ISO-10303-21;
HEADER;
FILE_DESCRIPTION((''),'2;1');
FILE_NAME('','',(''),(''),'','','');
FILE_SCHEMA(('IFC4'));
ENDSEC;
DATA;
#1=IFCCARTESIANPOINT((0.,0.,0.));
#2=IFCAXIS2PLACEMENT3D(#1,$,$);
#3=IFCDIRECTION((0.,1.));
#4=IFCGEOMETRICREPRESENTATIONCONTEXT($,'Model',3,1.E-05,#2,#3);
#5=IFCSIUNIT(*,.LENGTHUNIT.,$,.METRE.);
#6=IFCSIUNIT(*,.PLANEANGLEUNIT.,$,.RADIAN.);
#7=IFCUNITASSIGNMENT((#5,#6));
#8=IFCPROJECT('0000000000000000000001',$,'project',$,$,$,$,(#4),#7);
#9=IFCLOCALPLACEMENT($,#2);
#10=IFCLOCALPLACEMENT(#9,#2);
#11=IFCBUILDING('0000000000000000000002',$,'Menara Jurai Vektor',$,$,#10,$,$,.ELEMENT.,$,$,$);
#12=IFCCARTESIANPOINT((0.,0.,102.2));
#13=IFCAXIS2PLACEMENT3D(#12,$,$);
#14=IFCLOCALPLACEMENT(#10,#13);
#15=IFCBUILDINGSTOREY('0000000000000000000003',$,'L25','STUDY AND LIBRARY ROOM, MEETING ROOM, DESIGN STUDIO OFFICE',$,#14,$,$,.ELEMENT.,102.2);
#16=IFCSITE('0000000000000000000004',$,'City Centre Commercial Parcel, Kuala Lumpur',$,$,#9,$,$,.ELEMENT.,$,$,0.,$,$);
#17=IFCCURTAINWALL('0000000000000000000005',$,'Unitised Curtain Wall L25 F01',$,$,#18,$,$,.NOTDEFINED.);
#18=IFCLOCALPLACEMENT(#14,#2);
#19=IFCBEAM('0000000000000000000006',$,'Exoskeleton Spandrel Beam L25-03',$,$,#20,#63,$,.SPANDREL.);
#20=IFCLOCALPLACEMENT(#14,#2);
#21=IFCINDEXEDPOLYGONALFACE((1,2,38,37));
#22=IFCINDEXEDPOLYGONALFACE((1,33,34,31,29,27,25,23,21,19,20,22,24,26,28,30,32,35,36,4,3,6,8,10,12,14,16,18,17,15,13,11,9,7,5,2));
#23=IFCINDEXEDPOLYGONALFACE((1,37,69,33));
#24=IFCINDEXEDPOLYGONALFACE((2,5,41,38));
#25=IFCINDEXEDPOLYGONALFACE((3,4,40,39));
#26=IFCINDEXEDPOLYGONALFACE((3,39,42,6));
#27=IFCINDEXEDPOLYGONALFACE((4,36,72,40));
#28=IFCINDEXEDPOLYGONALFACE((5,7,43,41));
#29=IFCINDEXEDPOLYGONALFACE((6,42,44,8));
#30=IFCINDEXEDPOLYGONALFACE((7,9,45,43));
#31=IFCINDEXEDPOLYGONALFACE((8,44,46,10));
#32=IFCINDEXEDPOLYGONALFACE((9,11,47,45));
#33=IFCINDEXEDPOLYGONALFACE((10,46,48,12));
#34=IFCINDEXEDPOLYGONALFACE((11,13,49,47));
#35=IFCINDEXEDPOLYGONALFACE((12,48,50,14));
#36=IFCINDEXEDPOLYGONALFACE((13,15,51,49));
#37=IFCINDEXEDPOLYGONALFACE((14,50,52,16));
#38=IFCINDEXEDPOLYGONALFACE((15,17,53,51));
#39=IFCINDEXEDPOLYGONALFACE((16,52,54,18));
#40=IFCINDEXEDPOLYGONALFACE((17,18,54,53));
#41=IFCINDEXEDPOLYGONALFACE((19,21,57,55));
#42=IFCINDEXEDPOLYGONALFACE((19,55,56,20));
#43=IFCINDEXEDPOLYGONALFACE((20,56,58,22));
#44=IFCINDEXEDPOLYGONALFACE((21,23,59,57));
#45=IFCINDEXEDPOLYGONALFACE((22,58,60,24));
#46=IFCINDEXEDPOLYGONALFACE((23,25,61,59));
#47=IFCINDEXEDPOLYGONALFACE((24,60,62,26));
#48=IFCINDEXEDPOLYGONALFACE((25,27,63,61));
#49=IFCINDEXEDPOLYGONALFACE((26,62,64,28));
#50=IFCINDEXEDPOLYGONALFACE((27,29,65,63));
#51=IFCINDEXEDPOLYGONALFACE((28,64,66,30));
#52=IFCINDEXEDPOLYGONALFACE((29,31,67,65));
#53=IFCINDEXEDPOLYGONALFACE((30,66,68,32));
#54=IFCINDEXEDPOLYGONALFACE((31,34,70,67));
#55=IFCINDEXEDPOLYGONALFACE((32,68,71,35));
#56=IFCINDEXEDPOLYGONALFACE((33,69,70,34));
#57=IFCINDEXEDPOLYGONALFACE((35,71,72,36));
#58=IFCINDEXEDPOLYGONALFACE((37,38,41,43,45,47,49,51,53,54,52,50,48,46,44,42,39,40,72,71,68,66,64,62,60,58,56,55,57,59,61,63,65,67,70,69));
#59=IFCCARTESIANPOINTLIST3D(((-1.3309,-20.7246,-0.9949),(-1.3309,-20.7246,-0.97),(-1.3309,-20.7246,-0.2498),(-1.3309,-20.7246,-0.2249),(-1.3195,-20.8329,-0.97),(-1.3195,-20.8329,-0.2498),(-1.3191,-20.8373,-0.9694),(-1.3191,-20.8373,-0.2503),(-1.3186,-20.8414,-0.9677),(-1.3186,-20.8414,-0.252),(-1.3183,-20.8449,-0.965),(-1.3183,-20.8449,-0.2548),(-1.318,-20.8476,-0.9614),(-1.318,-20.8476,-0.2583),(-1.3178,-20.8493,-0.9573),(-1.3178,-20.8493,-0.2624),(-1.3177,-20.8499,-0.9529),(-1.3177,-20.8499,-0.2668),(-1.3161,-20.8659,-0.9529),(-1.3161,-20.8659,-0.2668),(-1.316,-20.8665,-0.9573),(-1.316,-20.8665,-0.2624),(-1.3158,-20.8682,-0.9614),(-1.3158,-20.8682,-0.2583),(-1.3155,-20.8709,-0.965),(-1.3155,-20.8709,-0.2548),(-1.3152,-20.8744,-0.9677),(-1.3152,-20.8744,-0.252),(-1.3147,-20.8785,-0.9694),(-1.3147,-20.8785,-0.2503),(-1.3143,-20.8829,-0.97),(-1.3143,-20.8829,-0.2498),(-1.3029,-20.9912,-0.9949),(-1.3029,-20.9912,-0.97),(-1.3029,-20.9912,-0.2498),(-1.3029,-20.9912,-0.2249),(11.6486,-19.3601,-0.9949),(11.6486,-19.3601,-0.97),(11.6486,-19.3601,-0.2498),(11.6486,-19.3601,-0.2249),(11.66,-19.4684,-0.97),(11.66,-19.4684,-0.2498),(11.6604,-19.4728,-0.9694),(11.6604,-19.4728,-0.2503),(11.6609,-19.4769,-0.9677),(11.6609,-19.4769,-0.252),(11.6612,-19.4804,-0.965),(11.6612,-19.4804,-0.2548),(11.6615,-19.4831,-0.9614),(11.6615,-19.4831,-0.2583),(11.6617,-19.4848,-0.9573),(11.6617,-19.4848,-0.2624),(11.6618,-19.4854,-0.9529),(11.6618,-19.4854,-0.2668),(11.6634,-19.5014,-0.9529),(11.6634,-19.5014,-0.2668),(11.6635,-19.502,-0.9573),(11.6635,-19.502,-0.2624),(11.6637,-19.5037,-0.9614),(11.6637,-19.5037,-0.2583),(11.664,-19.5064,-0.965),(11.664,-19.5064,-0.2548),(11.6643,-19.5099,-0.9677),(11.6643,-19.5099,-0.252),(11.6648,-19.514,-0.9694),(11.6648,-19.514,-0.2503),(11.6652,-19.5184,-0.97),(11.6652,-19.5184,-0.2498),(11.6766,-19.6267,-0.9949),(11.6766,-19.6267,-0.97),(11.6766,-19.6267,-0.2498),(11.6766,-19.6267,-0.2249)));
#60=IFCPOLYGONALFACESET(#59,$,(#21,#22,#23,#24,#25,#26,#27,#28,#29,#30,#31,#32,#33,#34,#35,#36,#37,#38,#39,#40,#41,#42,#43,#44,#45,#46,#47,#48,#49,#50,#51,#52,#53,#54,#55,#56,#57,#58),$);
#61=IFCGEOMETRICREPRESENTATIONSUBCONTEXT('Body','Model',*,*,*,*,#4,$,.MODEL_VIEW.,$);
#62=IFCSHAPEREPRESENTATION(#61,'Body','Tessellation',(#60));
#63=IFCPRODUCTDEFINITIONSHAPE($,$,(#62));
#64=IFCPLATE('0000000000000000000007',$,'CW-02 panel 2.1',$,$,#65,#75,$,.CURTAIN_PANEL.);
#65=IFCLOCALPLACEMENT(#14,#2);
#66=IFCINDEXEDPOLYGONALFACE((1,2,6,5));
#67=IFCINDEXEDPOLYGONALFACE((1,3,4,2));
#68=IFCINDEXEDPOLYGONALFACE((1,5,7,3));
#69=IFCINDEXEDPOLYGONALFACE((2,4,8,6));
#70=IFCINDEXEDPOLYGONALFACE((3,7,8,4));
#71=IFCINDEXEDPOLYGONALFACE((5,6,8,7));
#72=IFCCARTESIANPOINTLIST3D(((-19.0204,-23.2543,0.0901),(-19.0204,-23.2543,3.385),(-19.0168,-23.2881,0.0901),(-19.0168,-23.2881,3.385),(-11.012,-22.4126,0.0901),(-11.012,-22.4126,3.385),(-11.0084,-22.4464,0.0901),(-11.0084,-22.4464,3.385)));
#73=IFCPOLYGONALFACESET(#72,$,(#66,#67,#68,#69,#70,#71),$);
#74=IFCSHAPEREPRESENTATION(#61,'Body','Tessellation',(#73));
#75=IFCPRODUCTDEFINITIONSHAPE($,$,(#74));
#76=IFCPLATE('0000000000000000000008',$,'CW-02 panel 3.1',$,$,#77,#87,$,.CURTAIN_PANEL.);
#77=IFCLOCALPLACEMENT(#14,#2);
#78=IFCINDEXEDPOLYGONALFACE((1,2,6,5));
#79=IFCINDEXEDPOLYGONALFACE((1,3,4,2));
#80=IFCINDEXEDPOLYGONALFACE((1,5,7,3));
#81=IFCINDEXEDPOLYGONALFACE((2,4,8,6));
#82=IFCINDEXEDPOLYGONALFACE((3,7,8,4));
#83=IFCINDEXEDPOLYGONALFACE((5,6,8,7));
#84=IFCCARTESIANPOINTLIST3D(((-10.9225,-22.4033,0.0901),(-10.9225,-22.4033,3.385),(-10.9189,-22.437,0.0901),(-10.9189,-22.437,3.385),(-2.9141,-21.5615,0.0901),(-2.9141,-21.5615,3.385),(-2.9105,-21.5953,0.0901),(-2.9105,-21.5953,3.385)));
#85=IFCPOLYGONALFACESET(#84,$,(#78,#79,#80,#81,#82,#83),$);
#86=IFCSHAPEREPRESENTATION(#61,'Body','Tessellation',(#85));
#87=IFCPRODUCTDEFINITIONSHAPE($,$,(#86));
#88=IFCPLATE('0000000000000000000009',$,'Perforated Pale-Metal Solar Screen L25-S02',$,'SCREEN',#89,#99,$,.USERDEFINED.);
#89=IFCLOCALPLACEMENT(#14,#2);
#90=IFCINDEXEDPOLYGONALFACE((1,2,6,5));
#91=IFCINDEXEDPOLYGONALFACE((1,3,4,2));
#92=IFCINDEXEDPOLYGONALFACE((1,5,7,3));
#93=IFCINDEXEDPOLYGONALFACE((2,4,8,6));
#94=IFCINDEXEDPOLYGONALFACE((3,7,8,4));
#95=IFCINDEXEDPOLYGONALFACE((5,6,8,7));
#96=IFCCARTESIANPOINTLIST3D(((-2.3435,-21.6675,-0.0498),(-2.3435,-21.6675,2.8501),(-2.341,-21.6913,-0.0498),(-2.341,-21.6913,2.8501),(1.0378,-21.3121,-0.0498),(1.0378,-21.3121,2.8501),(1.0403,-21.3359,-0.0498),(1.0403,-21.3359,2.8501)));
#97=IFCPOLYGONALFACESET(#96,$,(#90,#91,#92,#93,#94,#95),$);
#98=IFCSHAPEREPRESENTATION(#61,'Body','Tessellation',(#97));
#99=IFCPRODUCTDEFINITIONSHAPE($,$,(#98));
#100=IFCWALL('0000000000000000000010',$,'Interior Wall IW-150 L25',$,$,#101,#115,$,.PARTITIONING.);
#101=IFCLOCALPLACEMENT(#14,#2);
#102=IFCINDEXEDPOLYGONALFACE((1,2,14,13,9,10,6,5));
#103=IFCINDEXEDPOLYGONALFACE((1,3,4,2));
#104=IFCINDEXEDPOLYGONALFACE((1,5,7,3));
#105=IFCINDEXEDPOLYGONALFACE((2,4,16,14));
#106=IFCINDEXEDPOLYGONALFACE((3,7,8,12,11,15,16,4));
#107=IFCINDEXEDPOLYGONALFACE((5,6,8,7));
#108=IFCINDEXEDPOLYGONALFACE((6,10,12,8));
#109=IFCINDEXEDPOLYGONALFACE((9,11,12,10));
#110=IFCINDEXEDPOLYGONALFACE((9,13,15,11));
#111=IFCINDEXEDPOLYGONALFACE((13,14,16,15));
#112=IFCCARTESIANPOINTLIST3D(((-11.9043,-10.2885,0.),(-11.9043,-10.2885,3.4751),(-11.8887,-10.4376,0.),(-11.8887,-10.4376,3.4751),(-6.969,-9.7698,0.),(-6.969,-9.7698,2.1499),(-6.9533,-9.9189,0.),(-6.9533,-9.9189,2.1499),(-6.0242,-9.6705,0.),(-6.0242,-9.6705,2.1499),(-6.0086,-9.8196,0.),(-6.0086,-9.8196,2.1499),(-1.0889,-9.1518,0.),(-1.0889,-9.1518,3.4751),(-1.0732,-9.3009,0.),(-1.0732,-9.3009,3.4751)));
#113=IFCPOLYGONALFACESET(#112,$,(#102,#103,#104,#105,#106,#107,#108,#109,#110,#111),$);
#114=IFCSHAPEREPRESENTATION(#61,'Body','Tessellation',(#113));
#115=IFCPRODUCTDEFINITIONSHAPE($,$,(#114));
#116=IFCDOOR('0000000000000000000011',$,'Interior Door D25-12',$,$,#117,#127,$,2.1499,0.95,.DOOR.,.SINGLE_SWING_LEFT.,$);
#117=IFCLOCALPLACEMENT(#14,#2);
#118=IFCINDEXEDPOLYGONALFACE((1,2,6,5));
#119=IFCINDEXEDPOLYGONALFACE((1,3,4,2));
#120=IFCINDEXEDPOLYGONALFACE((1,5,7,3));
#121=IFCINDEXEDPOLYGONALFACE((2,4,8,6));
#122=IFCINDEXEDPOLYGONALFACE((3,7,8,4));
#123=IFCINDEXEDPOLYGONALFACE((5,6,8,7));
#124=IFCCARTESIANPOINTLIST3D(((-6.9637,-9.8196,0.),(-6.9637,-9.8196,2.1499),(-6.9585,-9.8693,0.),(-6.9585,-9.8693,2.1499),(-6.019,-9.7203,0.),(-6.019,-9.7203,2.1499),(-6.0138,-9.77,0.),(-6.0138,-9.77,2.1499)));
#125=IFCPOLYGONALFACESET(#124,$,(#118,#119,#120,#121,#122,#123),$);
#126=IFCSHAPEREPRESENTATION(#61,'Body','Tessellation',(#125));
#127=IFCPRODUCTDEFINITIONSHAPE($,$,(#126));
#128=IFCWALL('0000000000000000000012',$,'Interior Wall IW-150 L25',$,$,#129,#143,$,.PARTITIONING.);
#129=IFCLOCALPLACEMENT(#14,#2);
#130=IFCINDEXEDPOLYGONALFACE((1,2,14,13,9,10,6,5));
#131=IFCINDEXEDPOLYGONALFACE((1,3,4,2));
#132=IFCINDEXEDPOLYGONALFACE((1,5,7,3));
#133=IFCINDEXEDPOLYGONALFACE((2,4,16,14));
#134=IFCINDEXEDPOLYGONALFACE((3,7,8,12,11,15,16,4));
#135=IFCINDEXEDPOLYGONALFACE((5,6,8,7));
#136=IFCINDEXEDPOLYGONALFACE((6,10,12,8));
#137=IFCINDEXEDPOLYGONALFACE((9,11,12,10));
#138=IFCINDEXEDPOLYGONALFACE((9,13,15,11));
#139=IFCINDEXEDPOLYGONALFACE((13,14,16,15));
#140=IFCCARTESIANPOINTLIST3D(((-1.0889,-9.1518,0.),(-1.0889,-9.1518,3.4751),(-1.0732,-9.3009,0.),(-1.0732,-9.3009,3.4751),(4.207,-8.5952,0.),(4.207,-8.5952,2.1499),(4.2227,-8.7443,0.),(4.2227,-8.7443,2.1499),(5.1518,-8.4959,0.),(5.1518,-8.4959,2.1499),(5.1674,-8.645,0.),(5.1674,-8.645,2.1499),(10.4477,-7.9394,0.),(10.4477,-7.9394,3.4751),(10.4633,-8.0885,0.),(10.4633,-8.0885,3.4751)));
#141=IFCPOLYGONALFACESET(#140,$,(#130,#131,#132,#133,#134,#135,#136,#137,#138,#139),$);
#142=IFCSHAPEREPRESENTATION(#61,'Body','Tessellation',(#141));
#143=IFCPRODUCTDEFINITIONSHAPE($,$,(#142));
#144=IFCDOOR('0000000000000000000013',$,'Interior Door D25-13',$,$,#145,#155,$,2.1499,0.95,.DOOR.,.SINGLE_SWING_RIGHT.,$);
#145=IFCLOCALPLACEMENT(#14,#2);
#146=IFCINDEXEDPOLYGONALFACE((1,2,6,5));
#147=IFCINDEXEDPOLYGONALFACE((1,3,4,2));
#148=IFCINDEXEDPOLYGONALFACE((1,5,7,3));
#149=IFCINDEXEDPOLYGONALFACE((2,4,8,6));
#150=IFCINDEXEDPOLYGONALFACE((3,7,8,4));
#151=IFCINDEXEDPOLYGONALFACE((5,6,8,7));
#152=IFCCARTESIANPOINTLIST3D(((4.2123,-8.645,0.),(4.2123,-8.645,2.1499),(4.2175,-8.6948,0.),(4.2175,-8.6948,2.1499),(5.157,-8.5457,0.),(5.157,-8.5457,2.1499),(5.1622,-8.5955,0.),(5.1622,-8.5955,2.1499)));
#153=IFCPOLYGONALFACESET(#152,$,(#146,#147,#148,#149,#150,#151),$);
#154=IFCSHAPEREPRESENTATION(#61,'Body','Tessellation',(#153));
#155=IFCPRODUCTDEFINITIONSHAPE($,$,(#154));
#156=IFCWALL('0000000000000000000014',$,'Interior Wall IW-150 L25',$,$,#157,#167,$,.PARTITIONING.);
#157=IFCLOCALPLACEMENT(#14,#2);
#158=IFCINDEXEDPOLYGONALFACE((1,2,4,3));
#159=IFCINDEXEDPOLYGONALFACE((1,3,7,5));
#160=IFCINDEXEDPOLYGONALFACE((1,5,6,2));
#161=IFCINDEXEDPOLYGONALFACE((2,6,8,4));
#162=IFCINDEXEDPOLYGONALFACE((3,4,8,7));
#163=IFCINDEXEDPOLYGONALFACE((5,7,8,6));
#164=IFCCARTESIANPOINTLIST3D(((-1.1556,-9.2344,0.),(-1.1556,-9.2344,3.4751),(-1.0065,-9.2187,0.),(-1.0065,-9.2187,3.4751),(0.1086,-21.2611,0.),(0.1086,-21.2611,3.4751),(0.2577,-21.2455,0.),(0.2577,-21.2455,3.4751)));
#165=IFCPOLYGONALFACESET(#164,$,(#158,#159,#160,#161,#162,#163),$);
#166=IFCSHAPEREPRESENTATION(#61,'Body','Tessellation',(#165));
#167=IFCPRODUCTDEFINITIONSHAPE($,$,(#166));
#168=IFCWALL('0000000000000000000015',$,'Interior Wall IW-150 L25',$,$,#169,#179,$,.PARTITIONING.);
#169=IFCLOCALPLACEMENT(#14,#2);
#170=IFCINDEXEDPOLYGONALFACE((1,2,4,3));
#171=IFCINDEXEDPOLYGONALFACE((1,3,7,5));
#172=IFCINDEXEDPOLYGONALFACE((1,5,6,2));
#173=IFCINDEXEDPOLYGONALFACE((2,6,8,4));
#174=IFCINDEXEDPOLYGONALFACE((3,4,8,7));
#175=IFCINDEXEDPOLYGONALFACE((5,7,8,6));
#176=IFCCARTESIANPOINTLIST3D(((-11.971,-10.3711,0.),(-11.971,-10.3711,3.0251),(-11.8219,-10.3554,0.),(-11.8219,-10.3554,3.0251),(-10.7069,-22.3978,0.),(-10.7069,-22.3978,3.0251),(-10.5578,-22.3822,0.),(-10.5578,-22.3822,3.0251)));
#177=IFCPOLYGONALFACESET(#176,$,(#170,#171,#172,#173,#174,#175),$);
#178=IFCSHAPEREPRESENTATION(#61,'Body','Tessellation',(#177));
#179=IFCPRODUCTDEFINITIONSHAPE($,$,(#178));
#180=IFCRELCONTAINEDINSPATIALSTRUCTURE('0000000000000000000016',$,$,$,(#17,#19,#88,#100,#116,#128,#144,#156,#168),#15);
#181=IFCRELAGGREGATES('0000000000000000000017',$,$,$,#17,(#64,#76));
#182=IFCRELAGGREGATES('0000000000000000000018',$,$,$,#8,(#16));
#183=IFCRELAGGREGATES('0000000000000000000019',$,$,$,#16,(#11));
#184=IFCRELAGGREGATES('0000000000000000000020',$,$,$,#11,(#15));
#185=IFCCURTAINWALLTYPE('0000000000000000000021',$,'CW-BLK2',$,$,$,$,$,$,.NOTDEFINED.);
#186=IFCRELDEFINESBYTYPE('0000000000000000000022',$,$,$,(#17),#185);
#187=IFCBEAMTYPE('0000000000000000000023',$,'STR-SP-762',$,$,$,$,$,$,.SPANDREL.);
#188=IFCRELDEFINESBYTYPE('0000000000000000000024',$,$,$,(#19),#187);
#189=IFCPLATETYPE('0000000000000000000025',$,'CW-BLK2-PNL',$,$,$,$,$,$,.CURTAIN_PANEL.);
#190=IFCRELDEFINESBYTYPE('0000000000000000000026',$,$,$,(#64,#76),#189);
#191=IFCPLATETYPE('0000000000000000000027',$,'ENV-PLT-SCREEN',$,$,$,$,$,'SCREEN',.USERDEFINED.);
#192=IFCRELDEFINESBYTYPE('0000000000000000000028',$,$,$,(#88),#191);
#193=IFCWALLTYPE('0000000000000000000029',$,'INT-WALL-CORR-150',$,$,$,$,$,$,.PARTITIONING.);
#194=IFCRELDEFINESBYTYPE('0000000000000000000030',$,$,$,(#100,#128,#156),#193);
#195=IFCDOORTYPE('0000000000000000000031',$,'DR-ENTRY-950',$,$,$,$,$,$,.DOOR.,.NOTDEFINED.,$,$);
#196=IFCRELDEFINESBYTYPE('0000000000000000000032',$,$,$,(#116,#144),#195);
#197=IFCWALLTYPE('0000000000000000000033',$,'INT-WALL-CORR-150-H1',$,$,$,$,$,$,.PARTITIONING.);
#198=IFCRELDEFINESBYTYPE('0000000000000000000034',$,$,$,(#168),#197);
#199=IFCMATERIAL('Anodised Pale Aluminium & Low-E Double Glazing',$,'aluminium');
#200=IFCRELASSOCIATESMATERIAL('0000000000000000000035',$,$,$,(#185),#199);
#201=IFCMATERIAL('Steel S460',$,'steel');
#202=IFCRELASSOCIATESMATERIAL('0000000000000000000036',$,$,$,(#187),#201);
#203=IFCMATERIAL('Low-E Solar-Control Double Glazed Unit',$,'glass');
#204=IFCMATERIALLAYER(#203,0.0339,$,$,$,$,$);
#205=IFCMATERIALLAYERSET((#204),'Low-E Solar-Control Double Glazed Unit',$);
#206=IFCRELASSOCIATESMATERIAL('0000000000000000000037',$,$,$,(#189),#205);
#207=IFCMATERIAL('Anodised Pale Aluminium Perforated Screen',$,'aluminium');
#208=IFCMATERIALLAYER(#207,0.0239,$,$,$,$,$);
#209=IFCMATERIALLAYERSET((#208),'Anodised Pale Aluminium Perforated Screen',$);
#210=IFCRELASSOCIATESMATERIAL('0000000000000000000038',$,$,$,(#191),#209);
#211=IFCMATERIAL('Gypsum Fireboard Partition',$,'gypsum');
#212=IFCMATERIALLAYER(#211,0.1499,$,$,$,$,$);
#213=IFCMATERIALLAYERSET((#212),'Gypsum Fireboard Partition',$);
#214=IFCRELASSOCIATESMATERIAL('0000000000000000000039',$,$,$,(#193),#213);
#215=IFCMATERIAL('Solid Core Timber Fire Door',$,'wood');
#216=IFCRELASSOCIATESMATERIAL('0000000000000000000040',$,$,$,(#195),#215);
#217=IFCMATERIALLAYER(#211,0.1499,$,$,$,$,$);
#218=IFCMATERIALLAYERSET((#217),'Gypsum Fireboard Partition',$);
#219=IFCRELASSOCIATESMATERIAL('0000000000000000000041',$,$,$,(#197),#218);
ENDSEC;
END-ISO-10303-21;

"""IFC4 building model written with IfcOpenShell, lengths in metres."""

from ifc_helpers import new_model, si_unit, direction, frame, frame_2d, origin, origin_2d, place, context, subcontext, project, spatial, rectangle, i_section, extrude, material, layer, layer_set, material_profile, profile_set, type_object, element, fill, aggregate, save


model = new_model("IFC4")

# Units and contexts
model_context = context("Model", 3, precision=1e-05, world=origin(), true_north=direction((0.0, 1.0)))
body_context = subcontext(model_context, "Body", "Model", "MODEL_VIEW")
ifc_project = project(units=[si_unit("LENGTHUNIT", "METRE"), si_unit("PLANEANGLEUNIT", "RADIAN")], contexts=[model_context])

# Site, building, storey
site_placement = place(None, origin())
site = spatial("IfcSite", under=ifc_project, at=site_placement, Name="City Centre Commercial Parcel, Kuala Lumpur", CompositionType="ELEMENT", RefElevation=0.0)
building_placement = place(site_placement, origin())
building = spatial("IfcBuilding", under=site, at=building_placement, Name="Menara Jurai Vektor", CompositionType="ELEMENT")
storey_placement = place(building_placement, frame((0.0, 0.0, 102.2)))
storey = spatial("IfcBuildingStorey", under=building, at=storey_placement, Name="L25", Description="STUDY AND LIBRARY ROOM, MEETING ROOM, DESIGN STUDIO OFFICE", CompositionType="ELEMENT", Elevation=102.2)

# Shared definitions
ifc_material_1 = material(Name="Steel S460", Category="steel")

# Curtain wall
ifc_material_2 = material(Name="Anodised Pale Aluminium & Low-E Double Glazing", Category="aluminium")
curtain_wall_type = type_object("IfcCurtainWallType", Name="CW-BLK2", PredefinedType="NOTDEFINED", material=ifc_material_2)
curtain_wall_placement = place(storey_placement, origin())
curtain_wall = element("IfcCurtainWall", 1, at=curtain_wall_placement, inside=storey, type_object=curtain_wall_type, Name="Unitised Curtain Wall L25 F01", PredefinedType="NOTDEFINED")

# Beam
ifc_material_profile_1 = material_profile(ifc_material_1, i_section(OverallWidth=0.2681, OverallDepth=0.77, WebThickness=0.0161, FlangeThickness=0.0249, FilletRadius=0.0171, at=origin_2d()), Name="UKB 762x267x197")
ifc_profile_set_1 = profile_set([ifc_material_profile_1], Name="Steel S460")
beam_type_1 = type_object("IfcBeamType", Name="STR-SP-762", PredefinedType="SPANDREL", material=ifc_profile_set_1)
beam_1_placement = place(storey_placement, frame((-1.3169, -20.8579, -0.6099), z_axis=(0.994519, 0.104551, 0.0), x_axis=(-0.104551, 0.994519, 0.0)))
element("IfcBeam", 2, at=beam_1_placement, inside=storey, type_object=beam_type_1, Name="Exoskeleton Spandrel Beam L25-03", PredefinedType="SPANDREL", context=body_context, shape_type="SweptSolid", body=[
    extrude(i_section(OverallWidth=0.2681, OverallDepth=0.77, WebThickness=0.0161, FlangeThickness=0.0249, FilletRadius=0.0171, at=origin_2d()), origin(), (0.0, 0.0, 1.0), 13.051),
])

# Plates
ifc_material_3 = material(Name="Low-E Solar-Control Double Glazed Unit", Category="glass")
ifc_layer_1 = layer(ifc_material_3, 0.0339)
ifc_layer_set_1 = layer_set([ifc_layer_1], Name="Low-E Solar-Control Double Glazed Unit")
plate_type_1 = type_object("IfcPlateType", Name="CW-BLK2-PNL", PredefinedType="CURTAIN_PANEL", material=ifc_layer_set_1)
plate_1_placement = place(storey_placement, frame((-15.0144, -22.8503, 0.0901), z_axis=(0.0, 0.0, 1.0), x_axis=(0.994522, 0.104529, 0.0)))
plate_1 = element("IfcPlate", 3, at=plate_1_placement, type_object=plate_type_1, Name="CW-02 panel 2.1", PredefinedType="CURTAIN_PANEL", context=body_context, shape_type="SweptSolid", body=[
    extrude(rectangle(XDim=8.0525, YDim=0.0339, at=origin_2d()), origin(), (0.0, 0.0, 1.0), 3.2949),
])
plate_2_placement = place(storey_placement, frame((-6.9165, -21.9993, 0.0901), z_axis=(0.0, 0.0, 1.0), x_axis=(0.994522, 0.104529, 0.0)))
plate_2 = element("IfcPlate", 4, at=plate_2_placement, type_object=plate_type_1, Name="CW-02 panel 3.1", PredefinedType="CURTAIN_PANEL", context=body_context, shape_type="SweptSolid", body=[
    extrude(rectangle(XDim=8.0525, YDim=0.0339, at=origin_2d()), origin(), (0.0, 0.0, 1.0), 3.2949),
])
aggregate(curtain_wall, [plate_1, plate_2])
ifc_material_4 = material(Name="Anodised Pale Aluminium Perforated Screen", Category="aluminium")
ifc_layer_2 = layer(ifc_material_4, 0.0239)
ifc_layer_set_2 = layer_set([ifc_layer_2], Name="Anodised Pale Aluminium Perforated Screen")
plate_type_2 = type_object("IfcPlateType", Name="ENV-PLT-SCREEN", ElementType="SCREEN", PredefinedType="USERDEFINED", material=ifc_layer_set_2)
plate_3_placement = place(storey_placement, frame((-0.6516, -21.5017, -0.0498), z_axis=(0.0, 0.0, 1.0), x_axis=(0.994522, 0.104528, 0.0)))
element("IfcPlate", 5, at=plate_3_placement, inside=storey, type_object=plate_type_2, Name="Perforated Pale-Metal Solar Screen L25-S02", ObjectType="SCREEN", PredefinedType="USERDEFINED", context=body_context, shape_type="SweptSolid", body=[
    extrude(rectangle(XDim=3.3999, YDim=0.0239, at=origin_2d()), origin(), (0.0, 0.0, 1.0), 2.8999),
])

# Walls, openings, doors
ifc_material_5 = material(Name="Gypsum Fireboard Partition", Category="gypsum")
ifc_layer_3 = layer(ifc_material_5, 0.1499)
ifc_layer_set_3 = layer_set([ifc_layer_3], Name="Gypsum Fireboard Partition")
wall_type_1 = type_object("IfcWallType", Name="INT-WALL-CORR-150", PredefinedType="PARTITIONING", material=ifc_layer_set_3)
wall_1_placement = place(storey_placement, frame((-11.8965, -10.363, 0.0), z_axis=(0.0, 0.0, 1.0), x_axis=(0.994522, 0.104526, 0.0)))
wall_1 = element("IfcWall", 6, at=wall_1_placement, inside=storey, type_object=wall_type_1, Name="Interior Wall IW-150 L25", PredefinedType="PARTITIONING", context=body_context, shape_type="SweptSolid", body=[
    extrude(rectangle(XDim=10.875, YDim=0.1499, at=frame_2d((5.4375, 0.0))), origin(), (0.0, 0.0, 1.0), 3.4751),
])
opening_1_placement = place(wall_1_placement, frame((4.9624, 0.0, 0.0)))
opening_1 = element("IfcOpeningElement", 7, at=opening_1_placement, cuts=wall_1, PredefinedType="OPENING", context=body_context, shape_type="SweptSolid", body=[
    extrude(rectangle(XDim=0.95, YDim=2.1499, at=frame_2d((0.4751, 1.075))), frame((0.0, 0.085, 0.0), z_axis=(0.0, -1.0, 0.0), x_axis=(1.0, 0.0, 0.0)), (0.0, 0.0, 1.0), 0.1699),
])
ifc_material_6 = material(Name="Solid Core Timber Fire Door", Category="wood")
door_type = type_object("IfcDoorType", Name="DR-ENTRY-950", OperationType="NOTDEFINED", PredefinedType="DOOR", material=ifc_material_6)
door_1_placement = place(opening_1_placement, origin())
door_1 = element("IfcDoor", 8, at=door_1_placement, inside=storey, type_object=door_type, Name="Interior Door D25-12", OperationType="SINGLE_SWING_LEFT", OverallHeight=2.1499, OverallWidth=0.95, PredefinedType="DOOR", context=body_context, shape_type="SweptSolid", body=[
    extrude(rectangle(XDim=0.95, YDim=2.1499, at=frame_2d((0.4751, 1.075))), frame((0.0, 0.0249, 0.0), z_axis=(0.0, -1.0, 0.0), x_axis=(1.0, 0.0, 0.0)), (0.0, 0.0, 1.0), 0.05),
])
fill(opening_1, door_1)
wall_2_placement = place(storey_placement, frame((-1.0811, -9.2263, 0.0), z_axis=(0.0, 0.0, 1.0), x_axis=(0.994523, 0.104516, 0.0)))
wall_2 = element("IfcWall", 9, at=wall_2_placement, inside=storey, type_object=wall_type_1, Name="Interior Wall IW-150 L25", PredefinedType="PARTITIONING", context=body_context, shape_type="SweptSolid", body=[
    extrude(rectangle(XDim=11.6001, YDim=0.1499, at=frame_2d((5.8, 0.0))), origin(), (0.0, 0.0, 1.0), 3.4751),
])
opening_2_placement = place(wall_2_placement, frame((5.325, 0.0, 0.0)))
opening_2 = element("IfcOpeningElement", 10, at=opening_2_placement, cuts=wall_2, PredefinedType="OPENING", context=body_context, shape_type="SweptSolid", body=[
    extrude(rectangle(XDim=0.95, YDim=2.1499, at=frame_2d((0.4751, 1.075))), frame((0.0, 0.085, 0.0), z_axis=(0.0, -1.0, 0.0), x_axis=(1.0, 0.0, 0.0)), (0.0, 0.0, 1.0), 0.1699),
])
door_2_placement = place(opening_2_placement, origin())
door_2 = element("IfcDoor", 11, at=door_2_placement, inside=storey, type_object=door_type, Name="Interior Door D25-13", OperationType="SINGLE_SWING_RIGHT", OverallHeight=2.1499, OverallWidth=0.95, PredefinedType="DOOR", context=body_context, shape_type="SweptSolid", body=[
    extrude(rectangle(XDim=0.95, YDim=2.1499, at=frame_2d((0.4751, 1.075))), frame((0.0, 0.0249, 0.0), z_axis=(0.0, -1.0, 0.0), x_axis=(1.0, 0.0, 0.0)), (0.0, 0.0, 1.0), 0.05),
])
fill(opening_2, door_2)

# Walls
wall_3_placement = place(storey_placement, frame((0.1831, -21.2532, 0.0), z_axis=(0.0, 0.0, 1.0), x_axis=(-0.104536, 0.994521, 0.0)))
element("IfcWall", 12, at=wall_3_placement, inside=storey, type_object=wall_type_1, Name="Interior Wall IW-150 L25", PredefinedType="PARTITIONING", context=body_context, shape_type="SweptSolid", body=[
    extrude(rectangle(XDim=12.093, YDim=0.1499, at=frame_2d((6.0464, 0.0))), origin(), (0.0, 0.0, 1.0), 3.4751),
])
ifc_layer_4 = layer(ifc_material_5, 0.1499)
ifc_layer_set_4 = layer_set([ifc_layer_4], Name="Gypsum Fireboard Partition")
wall_type_2 = type_object("IfcWallType", Name="INT-WALL-CORR-150-H1", PredefinedType="PARTITIONING", material=ifc_layer_set_4)
wall_4_placement = place(storey_placement, frame((-10.6323, -22.3899, 0.0), z_axis=(0.0, 0.0, 1.0), x_axis=(-0.104536, 0.994521, 0.0)))
element("IfcWall", 13, at=wall_4_placement, inside=storey, type_object=wall_type_2, Name="Interior Wall IW-150 L25", PredefinedType="PARTITIONING", context=body_context, shape_type="SweptSolid", body=[
    extrude(rectangle(XDim=12.093, YDim=0.1499, at=frame_2d((6.0464, 0.0))), origin(), (0.0, 0.0, 1.0), 3.0251),
])

save(model, "model.ifc")
